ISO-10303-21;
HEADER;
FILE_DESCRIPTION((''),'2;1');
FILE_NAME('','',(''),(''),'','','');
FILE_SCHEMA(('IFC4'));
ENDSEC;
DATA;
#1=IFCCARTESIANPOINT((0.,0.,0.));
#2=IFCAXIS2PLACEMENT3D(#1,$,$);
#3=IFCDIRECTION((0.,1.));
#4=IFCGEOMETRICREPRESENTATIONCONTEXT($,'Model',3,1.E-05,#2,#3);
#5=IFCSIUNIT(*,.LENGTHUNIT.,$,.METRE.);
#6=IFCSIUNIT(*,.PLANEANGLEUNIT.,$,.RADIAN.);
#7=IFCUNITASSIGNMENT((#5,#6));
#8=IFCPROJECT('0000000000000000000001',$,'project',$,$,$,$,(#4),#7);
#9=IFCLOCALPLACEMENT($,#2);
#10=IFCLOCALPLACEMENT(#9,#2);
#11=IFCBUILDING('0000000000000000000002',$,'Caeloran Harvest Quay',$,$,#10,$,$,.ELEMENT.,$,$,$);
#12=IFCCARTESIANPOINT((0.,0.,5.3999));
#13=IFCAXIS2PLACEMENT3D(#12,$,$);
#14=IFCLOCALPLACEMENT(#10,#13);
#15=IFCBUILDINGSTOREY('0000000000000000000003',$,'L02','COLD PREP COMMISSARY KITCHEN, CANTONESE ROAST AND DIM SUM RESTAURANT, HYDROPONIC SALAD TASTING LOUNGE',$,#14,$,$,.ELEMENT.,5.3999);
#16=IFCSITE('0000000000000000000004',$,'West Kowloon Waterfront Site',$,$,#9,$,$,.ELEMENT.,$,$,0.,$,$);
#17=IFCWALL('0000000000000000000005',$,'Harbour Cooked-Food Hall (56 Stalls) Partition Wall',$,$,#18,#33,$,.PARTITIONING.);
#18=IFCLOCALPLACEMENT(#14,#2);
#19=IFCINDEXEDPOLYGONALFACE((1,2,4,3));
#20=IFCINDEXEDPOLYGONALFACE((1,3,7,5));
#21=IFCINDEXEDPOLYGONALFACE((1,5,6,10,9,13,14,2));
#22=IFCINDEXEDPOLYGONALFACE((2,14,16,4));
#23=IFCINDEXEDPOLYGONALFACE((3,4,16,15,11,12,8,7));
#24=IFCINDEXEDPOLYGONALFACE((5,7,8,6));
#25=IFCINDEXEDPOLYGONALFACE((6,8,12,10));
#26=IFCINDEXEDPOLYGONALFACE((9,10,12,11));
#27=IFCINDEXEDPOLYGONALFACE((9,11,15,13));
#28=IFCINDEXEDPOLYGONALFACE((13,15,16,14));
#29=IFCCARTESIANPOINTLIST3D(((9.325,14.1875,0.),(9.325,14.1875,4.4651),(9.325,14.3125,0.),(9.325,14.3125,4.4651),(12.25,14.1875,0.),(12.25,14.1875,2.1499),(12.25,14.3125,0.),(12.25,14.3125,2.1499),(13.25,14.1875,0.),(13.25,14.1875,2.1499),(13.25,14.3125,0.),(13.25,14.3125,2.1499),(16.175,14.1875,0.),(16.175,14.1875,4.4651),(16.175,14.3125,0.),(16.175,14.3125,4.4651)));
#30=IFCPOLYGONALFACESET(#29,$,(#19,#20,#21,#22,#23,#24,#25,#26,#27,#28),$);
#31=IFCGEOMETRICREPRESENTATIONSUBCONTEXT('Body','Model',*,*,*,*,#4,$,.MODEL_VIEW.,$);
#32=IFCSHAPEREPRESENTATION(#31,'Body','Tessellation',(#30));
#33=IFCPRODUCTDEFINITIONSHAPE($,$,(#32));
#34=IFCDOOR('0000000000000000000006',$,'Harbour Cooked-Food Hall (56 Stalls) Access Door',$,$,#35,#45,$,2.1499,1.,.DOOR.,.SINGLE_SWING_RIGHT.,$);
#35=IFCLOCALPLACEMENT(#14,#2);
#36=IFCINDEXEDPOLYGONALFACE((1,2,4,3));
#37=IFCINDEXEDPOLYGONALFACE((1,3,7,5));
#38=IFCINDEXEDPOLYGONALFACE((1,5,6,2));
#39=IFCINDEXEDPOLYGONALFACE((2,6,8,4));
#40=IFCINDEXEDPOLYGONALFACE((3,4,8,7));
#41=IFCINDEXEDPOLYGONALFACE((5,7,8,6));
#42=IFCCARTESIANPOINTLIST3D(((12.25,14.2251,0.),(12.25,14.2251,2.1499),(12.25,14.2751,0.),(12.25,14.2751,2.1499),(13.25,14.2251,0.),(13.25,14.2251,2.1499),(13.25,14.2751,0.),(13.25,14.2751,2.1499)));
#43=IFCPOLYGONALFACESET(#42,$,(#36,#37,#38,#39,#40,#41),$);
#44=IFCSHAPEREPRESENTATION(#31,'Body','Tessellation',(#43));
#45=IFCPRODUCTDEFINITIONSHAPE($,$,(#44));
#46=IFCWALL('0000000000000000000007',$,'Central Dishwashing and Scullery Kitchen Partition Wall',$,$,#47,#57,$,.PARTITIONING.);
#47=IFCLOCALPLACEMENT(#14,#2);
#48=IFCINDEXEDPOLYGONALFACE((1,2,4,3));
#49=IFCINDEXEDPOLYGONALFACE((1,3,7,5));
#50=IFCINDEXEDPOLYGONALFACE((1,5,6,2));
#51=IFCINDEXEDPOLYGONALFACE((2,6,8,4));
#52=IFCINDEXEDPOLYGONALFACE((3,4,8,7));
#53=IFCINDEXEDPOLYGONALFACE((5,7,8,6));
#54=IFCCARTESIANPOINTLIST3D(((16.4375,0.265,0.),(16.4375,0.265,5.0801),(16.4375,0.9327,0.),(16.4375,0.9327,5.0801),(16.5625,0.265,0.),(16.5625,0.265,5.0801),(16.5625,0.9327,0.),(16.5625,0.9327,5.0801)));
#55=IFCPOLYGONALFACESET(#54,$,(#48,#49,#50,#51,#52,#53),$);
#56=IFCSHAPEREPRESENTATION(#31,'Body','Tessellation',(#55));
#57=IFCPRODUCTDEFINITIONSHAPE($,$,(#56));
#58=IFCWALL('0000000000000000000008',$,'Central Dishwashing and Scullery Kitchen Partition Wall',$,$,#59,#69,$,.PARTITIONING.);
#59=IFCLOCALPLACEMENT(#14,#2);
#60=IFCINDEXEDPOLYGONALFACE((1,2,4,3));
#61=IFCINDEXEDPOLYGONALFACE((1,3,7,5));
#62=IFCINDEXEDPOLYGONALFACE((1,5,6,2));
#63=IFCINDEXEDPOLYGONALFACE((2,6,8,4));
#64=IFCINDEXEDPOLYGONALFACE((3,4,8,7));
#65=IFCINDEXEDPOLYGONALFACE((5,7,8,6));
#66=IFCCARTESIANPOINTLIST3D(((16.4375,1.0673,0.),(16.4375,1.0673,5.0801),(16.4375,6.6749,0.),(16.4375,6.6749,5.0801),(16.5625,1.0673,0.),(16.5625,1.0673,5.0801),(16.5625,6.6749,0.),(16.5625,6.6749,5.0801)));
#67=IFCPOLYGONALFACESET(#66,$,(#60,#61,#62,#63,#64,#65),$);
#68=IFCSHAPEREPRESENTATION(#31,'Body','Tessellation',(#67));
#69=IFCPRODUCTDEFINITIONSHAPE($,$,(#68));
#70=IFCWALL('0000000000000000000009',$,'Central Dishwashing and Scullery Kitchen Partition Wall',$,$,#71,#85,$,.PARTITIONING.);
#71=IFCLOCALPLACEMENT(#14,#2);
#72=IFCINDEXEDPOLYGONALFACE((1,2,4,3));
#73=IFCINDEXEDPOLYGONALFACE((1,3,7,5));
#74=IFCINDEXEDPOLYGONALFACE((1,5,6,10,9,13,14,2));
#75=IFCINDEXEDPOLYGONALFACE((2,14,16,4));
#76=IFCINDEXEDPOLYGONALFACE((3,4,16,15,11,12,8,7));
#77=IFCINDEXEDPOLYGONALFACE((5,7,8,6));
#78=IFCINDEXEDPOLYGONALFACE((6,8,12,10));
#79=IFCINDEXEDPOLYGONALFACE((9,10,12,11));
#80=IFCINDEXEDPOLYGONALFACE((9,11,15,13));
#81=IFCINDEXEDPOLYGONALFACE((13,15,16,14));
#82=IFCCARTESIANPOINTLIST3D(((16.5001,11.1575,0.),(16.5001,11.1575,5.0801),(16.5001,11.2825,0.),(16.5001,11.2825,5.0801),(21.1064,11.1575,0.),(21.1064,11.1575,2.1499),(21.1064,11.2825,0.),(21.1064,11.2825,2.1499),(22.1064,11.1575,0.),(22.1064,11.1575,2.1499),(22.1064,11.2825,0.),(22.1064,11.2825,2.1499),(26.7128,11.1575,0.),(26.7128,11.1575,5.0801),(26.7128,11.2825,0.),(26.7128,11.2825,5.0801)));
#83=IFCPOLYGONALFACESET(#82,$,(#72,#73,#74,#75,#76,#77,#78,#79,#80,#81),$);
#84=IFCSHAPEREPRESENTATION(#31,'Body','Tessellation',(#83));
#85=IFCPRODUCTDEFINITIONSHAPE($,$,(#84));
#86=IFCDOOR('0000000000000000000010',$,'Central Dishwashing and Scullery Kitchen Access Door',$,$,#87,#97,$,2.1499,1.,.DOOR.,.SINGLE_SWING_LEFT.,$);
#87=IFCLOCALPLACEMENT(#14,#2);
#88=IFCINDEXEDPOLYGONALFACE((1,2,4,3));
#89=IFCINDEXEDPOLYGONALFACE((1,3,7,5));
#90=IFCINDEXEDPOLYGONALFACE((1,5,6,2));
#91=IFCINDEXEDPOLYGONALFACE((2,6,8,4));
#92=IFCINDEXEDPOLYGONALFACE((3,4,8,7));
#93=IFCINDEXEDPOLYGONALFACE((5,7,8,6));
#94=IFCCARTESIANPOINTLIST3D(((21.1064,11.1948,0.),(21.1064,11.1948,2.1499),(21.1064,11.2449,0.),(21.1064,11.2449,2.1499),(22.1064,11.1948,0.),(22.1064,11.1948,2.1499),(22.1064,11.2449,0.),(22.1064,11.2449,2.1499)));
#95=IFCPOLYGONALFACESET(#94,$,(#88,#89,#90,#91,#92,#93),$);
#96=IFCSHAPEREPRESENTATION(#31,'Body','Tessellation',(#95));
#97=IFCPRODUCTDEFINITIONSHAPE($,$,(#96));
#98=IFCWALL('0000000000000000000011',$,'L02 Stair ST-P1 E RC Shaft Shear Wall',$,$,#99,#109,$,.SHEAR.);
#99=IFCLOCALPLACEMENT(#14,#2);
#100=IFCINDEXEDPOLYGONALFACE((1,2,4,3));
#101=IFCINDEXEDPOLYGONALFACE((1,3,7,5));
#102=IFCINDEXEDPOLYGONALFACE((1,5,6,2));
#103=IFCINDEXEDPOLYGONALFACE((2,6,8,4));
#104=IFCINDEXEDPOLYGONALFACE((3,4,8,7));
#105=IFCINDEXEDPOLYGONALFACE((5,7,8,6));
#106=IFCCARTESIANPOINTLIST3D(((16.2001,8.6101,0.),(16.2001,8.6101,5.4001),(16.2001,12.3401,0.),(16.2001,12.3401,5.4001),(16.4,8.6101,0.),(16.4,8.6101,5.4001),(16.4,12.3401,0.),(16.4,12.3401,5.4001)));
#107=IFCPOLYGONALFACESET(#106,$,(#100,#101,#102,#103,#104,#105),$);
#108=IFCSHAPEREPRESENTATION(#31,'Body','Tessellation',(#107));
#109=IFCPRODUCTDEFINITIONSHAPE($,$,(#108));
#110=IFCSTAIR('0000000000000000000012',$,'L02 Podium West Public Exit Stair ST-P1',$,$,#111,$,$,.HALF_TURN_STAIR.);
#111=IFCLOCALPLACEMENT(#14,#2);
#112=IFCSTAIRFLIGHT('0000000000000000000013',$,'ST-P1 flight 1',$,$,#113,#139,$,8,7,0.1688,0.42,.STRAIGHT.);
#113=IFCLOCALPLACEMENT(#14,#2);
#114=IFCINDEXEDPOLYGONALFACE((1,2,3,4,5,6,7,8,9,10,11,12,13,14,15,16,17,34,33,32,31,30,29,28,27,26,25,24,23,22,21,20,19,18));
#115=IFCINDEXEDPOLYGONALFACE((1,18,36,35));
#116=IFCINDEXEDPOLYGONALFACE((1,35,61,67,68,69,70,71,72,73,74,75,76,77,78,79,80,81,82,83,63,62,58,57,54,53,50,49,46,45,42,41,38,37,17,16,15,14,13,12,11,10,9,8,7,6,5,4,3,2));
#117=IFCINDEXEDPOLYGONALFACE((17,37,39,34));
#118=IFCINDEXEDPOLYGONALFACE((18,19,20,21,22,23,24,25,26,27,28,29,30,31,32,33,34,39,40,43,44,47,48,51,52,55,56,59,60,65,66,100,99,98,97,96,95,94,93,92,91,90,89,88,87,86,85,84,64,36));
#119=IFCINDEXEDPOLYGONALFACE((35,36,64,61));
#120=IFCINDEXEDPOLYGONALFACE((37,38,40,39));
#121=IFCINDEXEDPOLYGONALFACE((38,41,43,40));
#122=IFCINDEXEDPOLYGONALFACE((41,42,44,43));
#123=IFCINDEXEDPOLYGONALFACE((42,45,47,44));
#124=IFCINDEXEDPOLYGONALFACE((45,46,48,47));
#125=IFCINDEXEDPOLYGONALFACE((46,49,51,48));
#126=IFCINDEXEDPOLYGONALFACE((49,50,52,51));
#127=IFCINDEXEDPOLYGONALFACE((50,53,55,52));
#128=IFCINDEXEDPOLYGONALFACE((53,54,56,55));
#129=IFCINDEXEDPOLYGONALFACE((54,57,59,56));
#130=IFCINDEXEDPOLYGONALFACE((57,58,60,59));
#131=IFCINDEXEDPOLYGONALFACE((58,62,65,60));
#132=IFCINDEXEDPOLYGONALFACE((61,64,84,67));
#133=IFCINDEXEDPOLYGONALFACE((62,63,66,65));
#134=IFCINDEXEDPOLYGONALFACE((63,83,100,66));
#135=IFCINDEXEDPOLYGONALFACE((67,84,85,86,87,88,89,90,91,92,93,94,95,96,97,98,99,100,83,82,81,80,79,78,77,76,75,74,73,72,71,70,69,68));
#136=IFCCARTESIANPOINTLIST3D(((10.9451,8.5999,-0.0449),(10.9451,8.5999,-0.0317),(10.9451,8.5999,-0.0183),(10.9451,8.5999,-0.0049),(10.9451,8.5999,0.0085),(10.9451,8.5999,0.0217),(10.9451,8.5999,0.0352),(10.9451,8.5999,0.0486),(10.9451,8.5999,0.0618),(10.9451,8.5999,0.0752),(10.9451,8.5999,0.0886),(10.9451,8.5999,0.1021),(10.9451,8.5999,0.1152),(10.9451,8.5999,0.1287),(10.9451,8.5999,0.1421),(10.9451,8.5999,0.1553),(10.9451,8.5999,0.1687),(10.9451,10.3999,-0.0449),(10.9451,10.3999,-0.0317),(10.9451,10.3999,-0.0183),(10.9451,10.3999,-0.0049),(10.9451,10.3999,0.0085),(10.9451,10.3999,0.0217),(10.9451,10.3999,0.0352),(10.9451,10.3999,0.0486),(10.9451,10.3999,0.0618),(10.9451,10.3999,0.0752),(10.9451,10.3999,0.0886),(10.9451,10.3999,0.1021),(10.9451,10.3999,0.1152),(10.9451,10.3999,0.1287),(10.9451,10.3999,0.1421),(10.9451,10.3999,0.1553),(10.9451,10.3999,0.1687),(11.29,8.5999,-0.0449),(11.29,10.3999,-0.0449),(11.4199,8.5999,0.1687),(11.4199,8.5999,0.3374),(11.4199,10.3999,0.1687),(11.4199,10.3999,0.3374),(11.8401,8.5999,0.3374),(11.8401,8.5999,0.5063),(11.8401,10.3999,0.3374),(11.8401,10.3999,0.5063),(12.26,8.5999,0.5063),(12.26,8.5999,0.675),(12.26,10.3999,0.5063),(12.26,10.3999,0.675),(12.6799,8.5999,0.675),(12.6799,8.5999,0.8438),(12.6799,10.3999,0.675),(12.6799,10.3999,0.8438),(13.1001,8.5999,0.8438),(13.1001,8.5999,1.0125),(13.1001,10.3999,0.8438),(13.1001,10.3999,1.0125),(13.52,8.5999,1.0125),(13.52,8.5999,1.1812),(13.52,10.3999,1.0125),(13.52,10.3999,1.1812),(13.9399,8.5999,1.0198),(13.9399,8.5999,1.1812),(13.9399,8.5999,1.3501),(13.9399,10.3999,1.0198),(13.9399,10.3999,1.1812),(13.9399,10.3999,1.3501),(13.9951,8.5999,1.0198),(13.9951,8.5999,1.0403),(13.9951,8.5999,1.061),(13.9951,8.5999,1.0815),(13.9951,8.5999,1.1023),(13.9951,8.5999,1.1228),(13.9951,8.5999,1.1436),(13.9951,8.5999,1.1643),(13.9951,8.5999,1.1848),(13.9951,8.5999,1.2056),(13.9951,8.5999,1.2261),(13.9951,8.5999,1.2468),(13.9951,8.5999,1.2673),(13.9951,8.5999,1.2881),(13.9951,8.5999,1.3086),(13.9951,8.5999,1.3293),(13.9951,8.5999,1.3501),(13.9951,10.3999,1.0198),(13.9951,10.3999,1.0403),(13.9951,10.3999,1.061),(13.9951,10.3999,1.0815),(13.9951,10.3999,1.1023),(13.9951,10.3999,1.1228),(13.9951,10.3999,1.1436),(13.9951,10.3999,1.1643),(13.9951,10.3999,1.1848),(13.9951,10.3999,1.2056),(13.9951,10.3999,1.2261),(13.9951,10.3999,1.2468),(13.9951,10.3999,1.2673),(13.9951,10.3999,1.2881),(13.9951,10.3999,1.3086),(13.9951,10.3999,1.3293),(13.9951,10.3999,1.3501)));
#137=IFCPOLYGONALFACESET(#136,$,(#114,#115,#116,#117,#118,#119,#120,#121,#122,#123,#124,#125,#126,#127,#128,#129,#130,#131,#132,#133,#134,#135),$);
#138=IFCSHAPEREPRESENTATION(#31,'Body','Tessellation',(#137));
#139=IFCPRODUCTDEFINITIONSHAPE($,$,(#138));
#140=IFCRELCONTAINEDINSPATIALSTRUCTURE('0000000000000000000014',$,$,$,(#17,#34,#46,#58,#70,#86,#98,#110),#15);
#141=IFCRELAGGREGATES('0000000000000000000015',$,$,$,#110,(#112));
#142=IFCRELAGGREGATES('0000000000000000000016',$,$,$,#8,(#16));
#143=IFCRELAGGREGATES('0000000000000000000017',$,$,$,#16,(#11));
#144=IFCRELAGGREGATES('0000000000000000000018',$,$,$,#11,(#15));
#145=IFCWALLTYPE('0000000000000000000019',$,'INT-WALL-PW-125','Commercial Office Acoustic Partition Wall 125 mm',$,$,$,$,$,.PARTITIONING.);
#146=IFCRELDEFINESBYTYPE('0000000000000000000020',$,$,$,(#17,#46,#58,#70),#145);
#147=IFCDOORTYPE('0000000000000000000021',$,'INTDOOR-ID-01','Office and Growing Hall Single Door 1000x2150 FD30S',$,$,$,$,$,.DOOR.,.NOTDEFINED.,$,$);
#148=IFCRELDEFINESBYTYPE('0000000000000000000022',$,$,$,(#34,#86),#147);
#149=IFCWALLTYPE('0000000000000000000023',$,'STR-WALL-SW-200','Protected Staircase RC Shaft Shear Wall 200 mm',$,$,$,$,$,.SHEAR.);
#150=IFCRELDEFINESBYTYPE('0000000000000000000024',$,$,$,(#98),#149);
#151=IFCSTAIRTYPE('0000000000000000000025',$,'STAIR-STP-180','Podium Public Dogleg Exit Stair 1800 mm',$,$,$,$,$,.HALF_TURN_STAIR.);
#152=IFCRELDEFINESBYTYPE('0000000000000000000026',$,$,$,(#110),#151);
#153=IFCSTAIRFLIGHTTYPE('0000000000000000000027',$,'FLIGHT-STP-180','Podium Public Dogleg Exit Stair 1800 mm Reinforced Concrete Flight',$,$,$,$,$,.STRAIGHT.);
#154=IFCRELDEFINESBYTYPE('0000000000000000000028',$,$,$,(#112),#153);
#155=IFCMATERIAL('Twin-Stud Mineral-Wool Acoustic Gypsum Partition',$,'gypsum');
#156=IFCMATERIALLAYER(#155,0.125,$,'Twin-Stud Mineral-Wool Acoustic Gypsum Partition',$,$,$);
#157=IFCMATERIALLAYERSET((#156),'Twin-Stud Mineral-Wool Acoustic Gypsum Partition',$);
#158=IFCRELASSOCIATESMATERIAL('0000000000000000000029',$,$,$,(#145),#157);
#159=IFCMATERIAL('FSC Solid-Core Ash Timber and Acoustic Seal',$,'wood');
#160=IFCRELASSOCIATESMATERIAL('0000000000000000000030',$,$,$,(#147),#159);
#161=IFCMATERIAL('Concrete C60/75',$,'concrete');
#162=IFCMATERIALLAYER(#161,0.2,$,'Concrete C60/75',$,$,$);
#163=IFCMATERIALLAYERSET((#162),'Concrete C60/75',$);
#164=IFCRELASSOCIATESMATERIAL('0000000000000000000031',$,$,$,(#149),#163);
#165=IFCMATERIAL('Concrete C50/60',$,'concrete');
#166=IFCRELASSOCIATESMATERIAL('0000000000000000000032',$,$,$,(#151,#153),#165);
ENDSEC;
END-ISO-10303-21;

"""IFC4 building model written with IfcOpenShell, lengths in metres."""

from ifc_helpers import new_model, si_unit, direction, frame, frame_2d, origin, place, context, subcontext, project, spatial, polyline, rectangle, outline, extrude, material, layer, layer_set, type_object, element, fill, aggregate, save


model = new_model("IFC4")

# Units and contexts
model_context = context("Model", 3, precision=1e-05, world=origin(), true_north=direction((0.0, 1.0)))
body_context = subcontext(model_context, "Body", "Model", "MODEL_VIEW")
ifc_project = project(units=[si_unit("LENGTHUNIT", "METRE"), si_unit("PLANEANGLEUNIT", "RADIAN")], contexts=[model_context])

# Site, building, storey
site_placement = place(None, origin())
site = spatial("IfcSite", under=ifc_project, at=site_placement, Name="West Kowloon Waterfront Site", CompositionType="ELEMENT", RefElevation=0.0)
building_placement = place(site_placement, origin())
building = spatial("IfcBuilding", under=site, at=building_placement, Name="Caeloran Harvest Quay", CompositionType="ELEMENT")
storey_placement = place(building_placement, frame((0.0, 0.0, 5.3999)))
storey = spatial("IfcBuildingStorey", under=building, at=storey_placement, Name="L02", Description="COLD PREP COMMISSARY KITCHEN, CANTONESE ROAST AND DIM SUM RESTAURANT, HYDROPONIC SALAD TASTING LOUNGE", CompositionType="ELEMENT", Elevation=5.3999)

# Wall, opening, door
ifc_material_1 = material(Name="Twin-Stud Mineral-Wool Acoustic Gypsum Partition", Category="gypsum")
ifc_layer_1 = layer(ifc_material_1, 0.125, Name="Twin-Stud Mineral-Wool Acoustic Gypsum Partition")
ifc_layer_set_1 = layer_set([ifc_layer_1], Name="Twin-Stud Mineral-Wool Acoustic Gypsum Partition")
wall_type_1 = type_object("IfcWallType", Name="INT-WALL-PW-125", Description="Commercial Office Acoustic Partition Wall 125 mm", PredefinedType="PARTITIONING", material=ifc_layer_set_1)
wall_1_placement = place(storey_placement, frame((16.175, 14.25, 0.0), z_axis=(0.0, 0.0, 1.0), x_axis=(-1.0, 0.0, 0.0)))
wall_1 = element("IfcWall", 1, at=wall_1_placement, inside=storey, type_object=wall_type_1, Name="Harbour Cooked-Food Hall (56 Stalls) Partition Wall", PredefinedType="PARTITIONING", context=body_context, shape_type="SweptSolid", body=[
    extrude(rectangle(XDim=6.8501, YDim=0.125, at=frame_2d((3.425, 0.0))), origin(), (0.0, 0.0, 1.0), 4.4651),
])
opening_1_placement = place(wall_1_placement, frame((2.925, 0.0, 0.0)))
opening_1 = element("IfcOpeningElement", 2, at=opening_1_placement, cuts=wall_1, PredefinedType="OPENING", context=body_context, shape_type="SweptSolid", body=[
    extrude(rectangle(XDim=1.0, YDim=2.1499, at=frame_2d((0.5, 1.075))), frame((0.0, 0.0725, 0.0), z_axis=(0.0, -1.0, 0.0), x_axis=(1.0, 0.0, 0.0)), (0.0, 0.0, 1.0), 0.145),
])
ifc_material_2 = material(Name="FSC Solid-Core Ash Timber and Acoustic Seal", Category="wood")
door_type = type_object("IfcDoorType", Name="INTDOOR-ID-01", Description="Office and Growing Hall Single Door 1000x2150 FD30S", OperationType="NOTDEFINED", PredefinedType="DOOR", material=ifc_material_2)
door_1_placement = place(opening_1_placement, origin())
door_1 = element("IfcDoor", 3, at=door_1_placement, inside=storey, type_object=door_type, Name="Harbour Cooked-Food Hall (56 Stalls) Access Door", OperationType="SINGLE_SWING_RIGHT", OverallHeight=2.1499, OverallWidth=1.0, PredefinedType="DOOR", context=body_context, shape_type="SweptSolid", body=[
    extrude(rectangle(XDim=1.0, YDim=2.1499, at=frame_2d((0.5, 1.075))), frame((0.0, 0.0249, 0.0), z_axis=(0.0, -1.0, 0.0), x_axis=(1.0, 0.0, 0.0)), (0.0, 0.0, 1.0), 0.05),
])
fill(opening_1, door_1)

# Walls
wall_2_placement = place(storey_placement, frame((16.5, 0.2649, 0.0), z_axis=(0.0, 0.0, 1.0), x_axis=(0.0, 1.0, 0.0)))
element("IfcWall", 4, at=wall_2_placement, inside=storey, type_object=wall_type_1, Name="Central Dishwashing and Scullery Kitchen Partition Wall", PredefinedType="PARTITIONING", context=body_context, shape_type="SweptSolid", body=[
    extrude(rectangle(XDim=0.6677, YDim=0.125, at=frame_2d((0.334, 0.0))), origin(), (0.0, 0.0, 1.0), 5.0801),
])
wall_3_placement = place(storey_placement, frame((16.5, 1.0674, 0.0), z_axis=(0.0, 0.0, 1.0), x_axis=(0.0, 1.0, 0.0)))
element("IfcWall", 5, at=wall_3_placement, inside=storey, type_object=wall_type_1, Name="Central Dishwashing and Scullery Kitchen Partition Wall", PredefinedType="PARTITIONING", context=body_context, shape_type="SweptSolid", body=[
    extrude(rectangle(XDim=5.6077, YDim=0.125, at=frame_2d((2.8037, 0.0))), origin(), (0.0, 0.0, 1.0), 5.0801),
])

# Wall, opening, door
wall_4_placement = place(storey_placement, frame((16.5, 11.22, 0.0), z_axis=(0.0, 0.0, 1.0), x_axis=(1.0, 0.0, 0.0)))
wall_4 = element("IfcWall", 6, at=wall_4_placement, inside=storey, type_object=wall_type_1, Name="Central Dishwashing and Scullery Kitchen Partition Wall", PredefinedType="PARTITIONING", context=body_context, shape_type="SweptSolid", body=[
    extrude(rectangle(XDim=10.2126, YDim=0.125, at=frame_2d((5.1064, 0.0))), origin(), (0.0, 0.0, 1.0), 5.0801),
])
opening_2_placement = place(wall_4_placement, frame((4.6064, 0.0, 0.0)))
opening_2 = element("IfcOpeningElement", 7, at=opening_2_placement, cuts=wall_4, PredefinedType="OPENING", context=body_context, shape_type="SweptSolid", body=[
    extrude(rectangle(XDim=1.0, YDim=2.1499, at=frame_2d((0.5, 1.075))), frame((0.0, 0.0725, 0.0), z_axis=(0.0, -1.0, 0.0), x_axis=(1.0, 0.0, 0.0)), (0.0, 0.0, 1.0), 0.145),
])
door_2_placement = place(opening_2_placement, origin())
door_2 = element("IfcDoor", 8, at=door_2_placement, inside=storey, type_object=door_type, Name="Central Dishwashing and Scullery Kitchen Access Door", OperationType="SINGLE_SWING_LEFT", OverallHeight=2.1499, OverallWidth=1.0, PredefinedType="DOOR", context=body_context, shape_type="SweptSolid", body=[
    extrude(rectangle(XDim=1.0, YDim=2.1499, at=frame_2d((0.5, 1.075))), frame((0.0, 0.0249, 0.0), z_axis=(0.0, -1.0, 0.0), x_axis=(1.0, 0.0, 0.0)), (0.0, 0.0, 1.0), 0.05),
])
fill(opening_2, door_2)

# Wall
ifc_material_3 = material(Name="Concrete C60/75", Category="concrete")
ifc_layer_2 = layer(ifc_material_3, 0.2, Name="Concrete C60/75")
ifc_layer_set_2 = layer_set([ifc_layer_2], Name="Concrete C60/75")
wall_type_2 = type_object("IfcWallType", Name="STR-WALL-SW-200", Description="Protected Staircase RC Shaft Shear Wall 200 mm", PredefinedType="SHEAR", material=ifc_layer_set_2)
wall_5_placement = place(storey_placement, frame((16.3, 8.6101, 0.0), z_axis=(0.0, 0.0, 1.0), x_axis=(0.0, 1.0, 0.0)))
element("IfcWall", 9, at=wall_5_placement, inside=storey, type_object=wall_type_2, Name="L02 Stair ST-P1 E RC Shaft Shear Wall", PredefinedType="SHEAR", context=body_context, shape_type="SweptSolid", body=[
    extrude(rectangle(XDim=3.73, YDim=0.2, at=frame_2d((1.865, 0.0))), origin(), (0.0, 0.0, 1.0), 5.4001),
])

# Stair, stair flight
ifc_material_4 = material(Name="Concrete C50/60", Category="concrete")
stair_type = type_object("IfcStairType", Name="STAIR-STP-180", Description="Podium Public Dogleg Exit Stair 1800 mm", PredefinedType="HALF_TURN_STAIR", material=ifc_material_4)
stair_placement = place(storey_placement, origin())
stair = element("IfcStair", 10, at=stair_placement, inside=storey, type_object=stair_type, Name="L02 Podium West Public Exit Stair ST-P1", PredefinedType="HALF_TURN_STAIR")
stair_flight_type = type_object("IfcStairFlightType", Name="FLIGHT-STP-180", Description="Podium Public Dogleg Exit Stair 1800 mm Reinforced Concrete Flight", PredefinedType="STRAIGHT", material=ifc_material_4)
stair_flight_1_placement = place(storey_placement, frame((11.0, 9.5, 0.0), z_axis=(0.0, 0.0, 1.0), x_axis=(1.0, 0.0, 0.0)))
stair_flight_1 = element("IfcStairFlight", 11, at=stair_flight_1_placement, type_object=stair_flight_type, Name="ST-P1 flight 1", NumberOfRisers=8, NumberOfTreads=7, PredefinedType="STRAIGHT", RiserHeight=0.1688, TreadLength=0.42, context=body_context, shape_type="SweptSolid", body=[
    extrude(outline(polyline([(-0.0549, -0.0449), (-0.0549, -0.0317), (-0.0549, -0.0183), (-0.0549, -0.0049), (-0.0549, 0.0085), (-0.0549, 0.0217), (-0.0549, 0.0352), (-0.0549, 0.0486), (-0.0549, 0.0618), (-0.0549, 0.0752), (-0.0549, 0.0886), (-0.0549, 0.1021), (-0.0549, 0.1152), (-0.0549, 0.1287), (-0.0549, 0.1421), (-0.0549, 0.1553), (-0.0549, 0.1687), (0.4199, 0.1687), (0.4199, 0.3374), (0.8401, 0.3374), (0.8401, 0.5063), (1.26, 0.5063), (1.26, 0.675), (1.6799, 0.675), (1.6799, 0.8438), (2.1001, 0.8438), (2.1001, 1.0125), (2.52, 1.0125), (2.52, 1.1812), (2.9399, 1.1812), (2.9399, 1.3501), (2.9951, 1.3501), (2.9951, 1.3293), (2.9951, 1.3086), (2.9951, 1.2881), (2.9951, 1.2673), (2.9951, 1.2468), (2.9951, 1.2261), (2.9951, 1.2056), (2.9951, 1.1848), (2.9951, 1.1643), (2.9951, 1.1436), (2.9951, 1.1228), (2.9951, 1.1023), (2.9951, 1.0815), (2.9951, 1.061), (2.9951, 1.0403), (2.9951, 1.0198), (2.9399, 1.0198), (0.29, -0.0449), (-0.0549, -0.0449)])), frame((0.0, 0.8999, 0.0), z_axis=(0.0, -1.0, 0.0), x_axis=(1.0, 0.0, 0.0)), (0.0, 0.0, 1.0), 1.8),
])
aggregate(stair, [stair_flight_1])

save(model, "model.ifc")
